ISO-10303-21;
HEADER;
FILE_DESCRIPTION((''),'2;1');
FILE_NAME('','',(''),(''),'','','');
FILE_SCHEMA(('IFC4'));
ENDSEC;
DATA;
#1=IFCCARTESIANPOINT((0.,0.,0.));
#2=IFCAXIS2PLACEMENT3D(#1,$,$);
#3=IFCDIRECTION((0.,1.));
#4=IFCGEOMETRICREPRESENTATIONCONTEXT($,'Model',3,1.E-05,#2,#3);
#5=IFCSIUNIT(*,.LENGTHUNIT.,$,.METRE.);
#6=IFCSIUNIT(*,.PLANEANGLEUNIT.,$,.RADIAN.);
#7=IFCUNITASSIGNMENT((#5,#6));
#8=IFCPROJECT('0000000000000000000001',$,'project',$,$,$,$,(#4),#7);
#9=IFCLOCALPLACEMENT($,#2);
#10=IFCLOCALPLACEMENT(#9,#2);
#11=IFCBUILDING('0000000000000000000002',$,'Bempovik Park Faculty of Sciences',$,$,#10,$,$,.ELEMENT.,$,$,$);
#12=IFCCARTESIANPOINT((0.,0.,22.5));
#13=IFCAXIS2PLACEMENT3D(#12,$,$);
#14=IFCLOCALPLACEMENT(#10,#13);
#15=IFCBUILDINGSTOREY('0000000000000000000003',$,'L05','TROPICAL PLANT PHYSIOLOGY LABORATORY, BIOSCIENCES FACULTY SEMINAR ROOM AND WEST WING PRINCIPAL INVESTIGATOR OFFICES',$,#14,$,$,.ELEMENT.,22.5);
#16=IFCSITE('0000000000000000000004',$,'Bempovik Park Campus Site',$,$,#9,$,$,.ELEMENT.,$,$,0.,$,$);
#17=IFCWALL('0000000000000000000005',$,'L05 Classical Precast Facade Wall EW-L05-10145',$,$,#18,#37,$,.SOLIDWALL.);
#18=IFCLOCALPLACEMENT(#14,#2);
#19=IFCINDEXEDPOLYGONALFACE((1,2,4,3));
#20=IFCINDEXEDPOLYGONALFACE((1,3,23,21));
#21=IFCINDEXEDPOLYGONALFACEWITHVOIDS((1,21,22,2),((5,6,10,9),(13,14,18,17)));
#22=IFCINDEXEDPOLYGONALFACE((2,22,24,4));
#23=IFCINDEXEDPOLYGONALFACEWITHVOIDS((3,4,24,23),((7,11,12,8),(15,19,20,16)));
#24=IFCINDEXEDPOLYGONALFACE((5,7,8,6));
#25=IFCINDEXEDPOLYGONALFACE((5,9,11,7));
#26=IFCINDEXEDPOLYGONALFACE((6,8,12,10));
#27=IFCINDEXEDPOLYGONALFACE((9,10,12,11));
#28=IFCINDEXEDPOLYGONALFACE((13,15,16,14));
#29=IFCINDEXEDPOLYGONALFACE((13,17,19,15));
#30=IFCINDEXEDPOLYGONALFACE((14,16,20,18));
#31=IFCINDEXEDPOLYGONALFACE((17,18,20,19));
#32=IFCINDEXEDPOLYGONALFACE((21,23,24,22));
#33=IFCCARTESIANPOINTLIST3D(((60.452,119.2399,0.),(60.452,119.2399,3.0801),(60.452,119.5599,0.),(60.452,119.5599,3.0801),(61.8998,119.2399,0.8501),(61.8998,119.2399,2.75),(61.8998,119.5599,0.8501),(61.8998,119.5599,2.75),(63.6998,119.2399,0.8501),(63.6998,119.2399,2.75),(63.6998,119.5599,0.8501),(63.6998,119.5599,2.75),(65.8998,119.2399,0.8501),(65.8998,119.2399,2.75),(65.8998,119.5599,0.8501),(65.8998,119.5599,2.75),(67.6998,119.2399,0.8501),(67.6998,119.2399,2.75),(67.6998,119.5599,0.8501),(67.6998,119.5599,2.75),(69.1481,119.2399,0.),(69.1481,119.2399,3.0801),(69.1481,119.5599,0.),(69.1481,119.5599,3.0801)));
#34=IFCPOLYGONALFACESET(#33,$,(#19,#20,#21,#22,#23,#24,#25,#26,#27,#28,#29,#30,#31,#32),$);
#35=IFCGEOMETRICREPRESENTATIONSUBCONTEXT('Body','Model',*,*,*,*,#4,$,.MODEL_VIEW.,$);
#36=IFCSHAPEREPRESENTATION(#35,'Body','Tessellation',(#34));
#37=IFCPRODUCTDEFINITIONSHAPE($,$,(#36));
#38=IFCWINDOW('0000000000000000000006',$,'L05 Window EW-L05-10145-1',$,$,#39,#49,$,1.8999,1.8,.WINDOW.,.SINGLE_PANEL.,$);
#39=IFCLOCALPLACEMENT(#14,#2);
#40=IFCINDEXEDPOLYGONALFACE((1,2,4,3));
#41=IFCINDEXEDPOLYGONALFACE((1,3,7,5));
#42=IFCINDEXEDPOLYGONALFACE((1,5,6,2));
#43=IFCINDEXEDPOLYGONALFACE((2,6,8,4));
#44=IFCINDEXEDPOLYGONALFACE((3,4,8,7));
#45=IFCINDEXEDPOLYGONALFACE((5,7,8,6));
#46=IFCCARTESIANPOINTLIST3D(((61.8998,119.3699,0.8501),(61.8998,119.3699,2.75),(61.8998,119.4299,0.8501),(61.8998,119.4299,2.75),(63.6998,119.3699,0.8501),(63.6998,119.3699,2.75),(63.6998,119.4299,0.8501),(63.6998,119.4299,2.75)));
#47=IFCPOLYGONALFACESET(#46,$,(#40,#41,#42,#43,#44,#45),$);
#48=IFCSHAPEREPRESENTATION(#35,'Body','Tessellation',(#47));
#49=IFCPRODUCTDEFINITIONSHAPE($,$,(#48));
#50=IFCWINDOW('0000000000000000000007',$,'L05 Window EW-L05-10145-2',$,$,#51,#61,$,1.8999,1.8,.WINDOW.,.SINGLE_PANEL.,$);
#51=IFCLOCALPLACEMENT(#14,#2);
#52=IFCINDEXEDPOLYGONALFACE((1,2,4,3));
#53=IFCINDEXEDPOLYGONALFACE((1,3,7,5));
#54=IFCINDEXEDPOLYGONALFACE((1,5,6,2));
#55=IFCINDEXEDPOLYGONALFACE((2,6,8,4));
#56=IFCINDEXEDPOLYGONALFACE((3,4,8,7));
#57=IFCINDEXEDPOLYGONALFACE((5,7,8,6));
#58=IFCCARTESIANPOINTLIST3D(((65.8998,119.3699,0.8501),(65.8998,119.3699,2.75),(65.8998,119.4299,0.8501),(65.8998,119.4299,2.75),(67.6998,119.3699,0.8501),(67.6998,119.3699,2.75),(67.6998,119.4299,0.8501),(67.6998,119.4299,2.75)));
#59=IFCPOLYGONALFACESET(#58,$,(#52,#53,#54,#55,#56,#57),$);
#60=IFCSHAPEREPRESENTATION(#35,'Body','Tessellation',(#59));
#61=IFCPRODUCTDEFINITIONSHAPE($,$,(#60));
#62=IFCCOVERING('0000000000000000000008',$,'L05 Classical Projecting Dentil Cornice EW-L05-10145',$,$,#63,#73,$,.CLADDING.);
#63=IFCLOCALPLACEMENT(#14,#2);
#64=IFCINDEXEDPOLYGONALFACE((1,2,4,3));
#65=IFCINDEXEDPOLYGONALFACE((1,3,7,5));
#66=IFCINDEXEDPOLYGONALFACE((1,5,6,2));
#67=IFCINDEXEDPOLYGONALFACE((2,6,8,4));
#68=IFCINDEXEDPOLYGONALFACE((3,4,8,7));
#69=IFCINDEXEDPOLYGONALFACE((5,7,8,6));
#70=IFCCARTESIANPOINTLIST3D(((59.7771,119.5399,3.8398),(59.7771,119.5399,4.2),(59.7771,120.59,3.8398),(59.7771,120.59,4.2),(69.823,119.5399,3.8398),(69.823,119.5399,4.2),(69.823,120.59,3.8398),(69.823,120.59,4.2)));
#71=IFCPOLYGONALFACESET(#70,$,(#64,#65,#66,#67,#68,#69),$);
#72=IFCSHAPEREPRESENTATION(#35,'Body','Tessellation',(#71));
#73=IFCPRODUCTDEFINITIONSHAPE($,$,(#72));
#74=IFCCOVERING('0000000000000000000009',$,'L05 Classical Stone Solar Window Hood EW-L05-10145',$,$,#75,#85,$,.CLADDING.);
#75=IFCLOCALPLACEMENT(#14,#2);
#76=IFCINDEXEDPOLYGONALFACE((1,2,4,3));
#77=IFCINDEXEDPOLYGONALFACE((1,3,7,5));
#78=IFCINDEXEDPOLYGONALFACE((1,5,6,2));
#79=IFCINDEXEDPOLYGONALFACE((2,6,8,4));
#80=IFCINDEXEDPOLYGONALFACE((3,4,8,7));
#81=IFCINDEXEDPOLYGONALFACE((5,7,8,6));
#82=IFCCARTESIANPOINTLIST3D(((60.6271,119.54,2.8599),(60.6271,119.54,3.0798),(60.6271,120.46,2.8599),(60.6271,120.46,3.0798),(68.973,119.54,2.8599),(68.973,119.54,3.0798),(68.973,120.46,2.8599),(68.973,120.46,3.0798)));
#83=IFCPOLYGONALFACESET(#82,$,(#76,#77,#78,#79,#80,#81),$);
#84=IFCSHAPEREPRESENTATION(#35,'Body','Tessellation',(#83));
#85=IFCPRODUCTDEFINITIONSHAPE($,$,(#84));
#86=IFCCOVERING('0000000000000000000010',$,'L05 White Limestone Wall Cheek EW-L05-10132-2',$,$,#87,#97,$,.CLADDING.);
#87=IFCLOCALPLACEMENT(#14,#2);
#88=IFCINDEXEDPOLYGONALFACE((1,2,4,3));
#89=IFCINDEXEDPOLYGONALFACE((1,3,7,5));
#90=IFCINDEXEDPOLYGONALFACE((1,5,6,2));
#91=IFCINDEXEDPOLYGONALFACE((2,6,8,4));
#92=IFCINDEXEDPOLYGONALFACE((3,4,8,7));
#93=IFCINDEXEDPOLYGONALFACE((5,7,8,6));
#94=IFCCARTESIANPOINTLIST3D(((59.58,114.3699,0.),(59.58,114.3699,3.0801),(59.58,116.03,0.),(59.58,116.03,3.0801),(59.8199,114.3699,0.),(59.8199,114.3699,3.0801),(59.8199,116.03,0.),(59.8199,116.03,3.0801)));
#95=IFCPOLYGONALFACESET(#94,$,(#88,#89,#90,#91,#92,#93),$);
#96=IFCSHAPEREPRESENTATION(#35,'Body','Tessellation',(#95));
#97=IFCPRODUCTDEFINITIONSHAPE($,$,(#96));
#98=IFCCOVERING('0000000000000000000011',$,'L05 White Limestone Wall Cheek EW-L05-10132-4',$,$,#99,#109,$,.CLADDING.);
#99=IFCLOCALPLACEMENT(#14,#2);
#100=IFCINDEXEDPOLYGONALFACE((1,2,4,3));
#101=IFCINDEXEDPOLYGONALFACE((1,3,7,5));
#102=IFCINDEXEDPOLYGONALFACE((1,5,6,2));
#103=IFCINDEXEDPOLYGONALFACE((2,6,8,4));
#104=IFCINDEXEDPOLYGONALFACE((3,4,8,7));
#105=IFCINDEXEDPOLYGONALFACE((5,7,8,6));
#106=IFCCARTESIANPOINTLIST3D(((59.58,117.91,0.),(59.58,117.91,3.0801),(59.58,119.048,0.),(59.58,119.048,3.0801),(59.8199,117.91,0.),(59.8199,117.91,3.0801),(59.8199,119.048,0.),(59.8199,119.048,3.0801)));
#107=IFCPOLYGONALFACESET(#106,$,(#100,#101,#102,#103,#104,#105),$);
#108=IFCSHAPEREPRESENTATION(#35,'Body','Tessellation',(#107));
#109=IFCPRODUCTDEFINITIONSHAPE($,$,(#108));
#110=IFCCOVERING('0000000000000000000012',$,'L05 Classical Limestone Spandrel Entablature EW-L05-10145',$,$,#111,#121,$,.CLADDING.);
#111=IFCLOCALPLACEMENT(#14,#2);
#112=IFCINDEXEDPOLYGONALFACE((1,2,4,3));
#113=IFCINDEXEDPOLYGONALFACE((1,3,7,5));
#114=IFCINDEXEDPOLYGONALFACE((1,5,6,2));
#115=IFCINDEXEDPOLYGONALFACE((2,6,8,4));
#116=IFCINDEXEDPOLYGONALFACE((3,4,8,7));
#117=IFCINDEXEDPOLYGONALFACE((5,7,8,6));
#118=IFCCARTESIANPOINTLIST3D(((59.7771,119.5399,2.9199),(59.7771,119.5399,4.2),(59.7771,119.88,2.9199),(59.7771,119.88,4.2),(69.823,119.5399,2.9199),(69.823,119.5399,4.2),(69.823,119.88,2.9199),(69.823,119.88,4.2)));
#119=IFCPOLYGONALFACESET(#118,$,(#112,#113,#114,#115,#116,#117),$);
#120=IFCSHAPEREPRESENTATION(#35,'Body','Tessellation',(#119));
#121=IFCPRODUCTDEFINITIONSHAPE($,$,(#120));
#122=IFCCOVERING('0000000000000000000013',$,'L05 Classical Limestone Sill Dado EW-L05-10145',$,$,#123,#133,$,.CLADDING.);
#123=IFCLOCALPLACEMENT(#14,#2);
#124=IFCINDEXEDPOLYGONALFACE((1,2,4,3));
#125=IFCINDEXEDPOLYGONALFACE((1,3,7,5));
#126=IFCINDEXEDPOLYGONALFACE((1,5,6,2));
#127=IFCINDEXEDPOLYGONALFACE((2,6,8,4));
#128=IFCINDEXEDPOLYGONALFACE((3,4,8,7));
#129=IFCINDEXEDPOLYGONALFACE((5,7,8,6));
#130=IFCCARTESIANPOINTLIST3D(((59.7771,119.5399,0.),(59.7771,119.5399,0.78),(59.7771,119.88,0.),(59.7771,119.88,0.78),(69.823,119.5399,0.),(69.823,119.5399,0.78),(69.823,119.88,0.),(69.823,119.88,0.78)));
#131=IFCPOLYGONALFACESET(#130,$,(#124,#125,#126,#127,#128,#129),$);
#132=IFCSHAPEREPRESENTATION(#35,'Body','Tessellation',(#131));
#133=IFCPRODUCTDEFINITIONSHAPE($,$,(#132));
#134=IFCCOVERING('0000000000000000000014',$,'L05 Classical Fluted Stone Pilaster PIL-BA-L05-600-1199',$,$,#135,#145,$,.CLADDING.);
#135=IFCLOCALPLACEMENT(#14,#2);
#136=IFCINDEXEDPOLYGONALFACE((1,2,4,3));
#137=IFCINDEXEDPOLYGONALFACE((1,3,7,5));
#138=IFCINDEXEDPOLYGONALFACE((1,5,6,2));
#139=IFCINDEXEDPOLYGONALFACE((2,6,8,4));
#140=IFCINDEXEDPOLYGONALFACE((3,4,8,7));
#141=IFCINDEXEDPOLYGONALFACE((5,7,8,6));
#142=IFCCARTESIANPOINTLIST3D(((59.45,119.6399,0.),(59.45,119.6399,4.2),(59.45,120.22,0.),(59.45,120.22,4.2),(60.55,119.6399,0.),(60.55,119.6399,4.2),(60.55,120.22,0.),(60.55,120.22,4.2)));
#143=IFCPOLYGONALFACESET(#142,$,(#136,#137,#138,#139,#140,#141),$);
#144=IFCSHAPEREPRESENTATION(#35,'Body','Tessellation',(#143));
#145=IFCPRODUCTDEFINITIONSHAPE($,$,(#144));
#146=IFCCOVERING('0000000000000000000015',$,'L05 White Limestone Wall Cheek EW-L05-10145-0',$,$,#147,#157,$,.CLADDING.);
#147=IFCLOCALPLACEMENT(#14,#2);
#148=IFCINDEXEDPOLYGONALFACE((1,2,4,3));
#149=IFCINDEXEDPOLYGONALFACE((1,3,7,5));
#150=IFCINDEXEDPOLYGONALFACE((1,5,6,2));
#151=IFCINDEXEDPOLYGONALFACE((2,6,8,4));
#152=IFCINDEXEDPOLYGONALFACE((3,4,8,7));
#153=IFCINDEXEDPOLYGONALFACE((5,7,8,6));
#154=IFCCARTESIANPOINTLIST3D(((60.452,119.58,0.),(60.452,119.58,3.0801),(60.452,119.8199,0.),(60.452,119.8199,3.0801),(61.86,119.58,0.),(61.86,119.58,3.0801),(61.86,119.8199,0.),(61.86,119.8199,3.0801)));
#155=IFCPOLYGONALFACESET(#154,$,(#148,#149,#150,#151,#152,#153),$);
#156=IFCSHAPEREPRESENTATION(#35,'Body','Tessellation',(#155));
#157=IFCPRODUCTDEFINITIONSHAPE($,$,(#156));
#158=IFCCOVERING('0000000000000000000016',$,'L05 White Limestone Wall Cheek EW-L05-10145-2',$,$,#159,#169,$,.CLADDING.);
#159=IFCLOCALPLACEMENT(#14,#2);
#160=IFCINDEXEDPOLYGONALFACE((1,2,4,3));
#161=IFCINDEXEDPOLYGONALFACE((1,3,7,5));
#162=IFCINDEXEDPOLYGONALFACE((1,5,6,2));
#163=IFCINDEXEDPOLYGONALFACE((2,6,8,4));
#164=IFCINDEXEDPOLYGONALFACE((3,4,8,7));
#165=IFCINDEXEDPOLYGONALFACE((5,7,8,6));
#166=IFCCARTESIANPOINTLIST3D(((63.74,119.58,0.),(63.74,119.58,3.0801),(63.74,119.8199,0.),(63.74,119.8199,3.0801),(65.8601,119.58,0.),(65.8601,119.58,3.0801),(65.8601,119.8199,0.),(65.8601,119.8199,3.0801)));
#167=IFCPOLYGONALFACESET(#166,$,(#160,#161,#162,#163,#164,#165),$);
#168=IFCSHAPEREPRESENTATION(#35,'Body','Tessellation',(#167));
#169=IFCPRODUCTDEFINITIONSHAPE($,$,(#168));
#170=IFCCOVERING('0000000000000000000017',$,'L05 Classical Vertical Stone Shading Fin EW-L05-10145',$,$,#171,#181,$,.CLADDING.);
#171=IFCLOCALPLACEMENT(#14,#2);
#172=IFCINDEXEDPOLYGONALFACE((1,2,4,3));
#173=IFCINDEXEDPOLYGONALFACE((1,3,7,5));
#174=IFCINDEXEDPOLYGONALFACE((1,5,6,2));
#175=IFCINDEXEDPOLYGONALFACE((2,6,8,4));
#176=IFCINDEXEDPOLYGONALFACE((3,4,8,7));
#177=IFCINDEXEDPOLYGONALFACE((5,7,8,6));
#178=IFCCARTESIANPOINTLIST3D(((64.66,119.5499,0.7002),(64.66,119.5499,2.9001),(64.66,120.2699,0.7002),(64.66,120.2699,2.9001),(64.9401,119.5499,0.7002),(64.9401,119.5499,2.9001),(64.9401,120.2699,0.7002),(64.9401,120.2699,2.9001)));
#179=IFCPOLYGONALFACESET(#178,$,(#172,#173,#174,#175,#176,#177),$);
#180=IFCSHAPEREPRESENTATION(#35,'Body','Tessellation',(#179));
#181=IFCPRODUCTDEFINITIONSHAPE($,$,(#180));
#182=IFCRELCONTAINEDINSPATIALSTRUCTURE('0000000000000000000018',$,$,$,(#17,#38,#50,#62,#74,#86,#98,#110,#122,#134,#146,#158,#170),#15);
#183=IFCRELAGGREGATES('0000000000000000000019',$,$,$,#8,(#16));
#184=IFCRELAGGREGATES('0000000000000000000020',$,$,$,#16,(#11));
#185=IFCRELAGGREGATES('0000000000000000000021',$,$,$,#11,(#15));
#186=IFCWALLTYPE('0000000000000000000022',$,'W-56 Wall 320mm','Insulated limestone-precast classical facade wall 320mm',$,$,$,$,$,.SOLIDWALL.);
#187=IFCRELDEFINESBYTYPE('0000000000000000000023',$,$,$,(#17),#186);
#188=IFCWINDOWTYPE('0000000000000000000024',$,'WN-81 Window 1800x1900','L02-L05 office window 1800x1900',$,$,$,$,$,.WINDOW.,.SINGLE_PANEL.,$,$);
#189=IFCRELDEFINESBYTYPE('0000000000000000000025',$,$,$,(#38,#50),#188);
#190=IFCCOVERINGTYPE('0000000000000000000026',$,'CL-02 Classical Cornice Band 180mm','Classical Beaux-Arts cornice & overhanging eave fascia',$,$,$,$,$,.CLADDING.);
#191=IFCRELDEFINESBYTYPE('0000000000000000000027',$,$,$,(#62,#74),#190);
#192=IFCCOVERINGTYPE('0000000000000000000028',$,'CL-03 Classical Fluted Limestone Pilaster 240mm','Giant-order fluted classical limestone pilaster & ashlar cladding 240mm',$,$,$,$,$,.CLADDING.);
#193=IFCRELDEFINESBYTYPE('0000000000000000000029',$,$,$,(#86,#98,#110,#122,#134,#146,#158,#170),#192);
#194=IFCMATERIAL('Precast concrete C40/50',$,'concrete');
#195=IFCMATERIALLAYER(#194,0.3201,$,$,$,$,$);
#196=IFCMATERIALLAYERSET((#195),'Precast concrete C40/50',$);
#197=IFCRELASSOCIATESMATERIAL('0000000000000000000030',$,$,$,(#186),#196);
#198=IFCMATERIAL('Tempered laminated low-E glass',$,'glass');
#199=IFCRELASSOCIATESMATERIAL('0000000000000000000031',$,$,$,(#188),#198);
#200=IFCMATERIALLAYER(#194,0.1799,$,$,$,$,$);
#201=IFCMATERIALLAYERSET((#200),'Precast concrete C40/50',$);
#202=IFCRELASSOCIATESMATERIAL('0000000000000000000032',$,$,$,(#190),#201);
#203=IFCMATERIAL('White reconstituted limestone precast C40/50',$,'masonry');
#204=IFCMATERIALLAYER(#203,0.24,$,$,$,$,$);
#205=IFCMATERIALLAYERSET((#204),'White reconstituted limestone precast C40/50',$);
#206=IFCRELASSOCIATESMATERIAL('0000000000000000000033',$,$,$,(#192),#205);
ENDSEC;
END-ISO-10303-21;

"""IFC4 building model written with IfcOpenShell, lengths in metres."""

from ifc_helpers import new_model, si_unit, direction, frame, frame_2d, origin, origin_2d, place, context, subcontext, project, spatial, rectangle, extrude, material, layer, layer_set, type_object, element, fill, save


model = new_model("IFC4")

# Units and contexts
model_context = context("Model", 3, precision=1e-05, world=origin(), true_north=direction((0.0, 1.0)))
body_context = subcontext(model_context, "Body", "Model", "MODEL_VIEW")
ifc_project = project(units=[si_unit("LENGTHUNIT", "METRE"), si_unit("PLANEANGLEUNIT", "RADIAN")], contexts=[model_context])

# Site, building, storey
site_placement = place(None, origin())
site = spatial("IfcSite", under=ifc_project, at=site_placement, Name="Bempovik Park Campus Site", CompositionType="ELEMENT", RefElevation=0.0)
building_placement = place(site_placement, origin())
building = spatial("IfcBuilding", under=site, at=building_placement, Name="Bempovik Park Faculty of Sciences", CompositionType="ELEMENT")
storey_placement = place(building_placement, frame((0.0, 0.0, 22.5)))
storey = spatial("IfcBuildingStorey", under=building, at=storey_placement, Name="L05", Description="TROPICAL PLANT PHYSIOLOGY LABORATORY, BIOSCIENCES FACULTY SEMINAR ROOM AND WEST WING PRINCIPAL INVESTIGATOR OFFICES", CompositionType="ELEMENT", Elevation=22.5)

# Wall, openings, windows
ifc_material_1 = material(Name="Precast concrete C40/50", Category="concrete")
ifc_layer_1 = layer(ifc_material_1, 0.3201)
ifc_layer_set_1 = layer_set([ifc_layer_1], Name="Precast concrete C40/50")
wall_type_1 = type_object("IfcWallType", Name="W-56 Wall 320mm", Description="Insulated limestone-precast classical facade wall 320mm", PredefinedType="SOLIDWALL", material=ifc_layer_set_1)
wall_1_placement = place(storey_placement, frame((60.4519, 119.3999, 0.0), z_axis=(0.0, 0.0, 1.0), x_axis=(1.0, 0.0, 0.0)))
wall_1 = element("IfcWall", 1, at=wall_1_placement, inside=storey, type_object=wall_type_1, Name="L05 Classical Precast Facade Wall EW-L05-10145", PredefinedType="SOLIDWALL", context=body_context, shape_type="SweptSolid", body=[
    extrude(rectangle(XDim=8.696, YDim=0.3201, at=frame_2d((4.3481, 0.0))), origin(), (0.0, 0.0, 1.0), 3.0801),
])
opening_1_placement = place(wall_1_placement, frame((1.448, 0.0, 0.8501)))
opening_1 = element("IfcOpeningElement", 2, at=opening_1_placement, cuts=wall_1, PredefinedType="OPENING", context=body_context, shape_type="SweptSolid", body=[
    extrude(rectangle(XDim=1.8, YDim=1.8999, at=frame_2d((0.8999, 0.95))), frame((0.0, 0.1699, 0.0), z_axis=(0.0, -1.0, 0.0), x_axis=(1.0, 0.0, 0.0)), (0.0, 0.0, 1.0), 0.3401),
])
opening_2_placement = place(wall_1_placement, frame((5.448, 0.0, 0.8501)))
opening_2 = element("IfcOpeningElement", 3, at=opening_2_placement, cuts=wall_1, PredefinedType="OPENING", context=body_context, shape_type="SweptSolid", body=[
    extrude(rectangle(XDim=1.8, YDim=1.8999, at=frame_2d((0.8999, 0.95))), frame((0.0, 0.1699, 0.0), z_axis=(0.0, -1.0, 0.0), x_axis=(1.0, 0.0, 0.0)), (0.0, 0.0, 1.0), 0.3401),
])
ifc_material_2 = material(Name="Tempered laminated low-E glass", Category="glass")
window_type = type_object("IfcWindowType", Name="WN-81 Window 1800x1900", Description="L02-L05 office window 1800x1900", PartitioningType="SINGLE_PANEL", PredefinedType="WINDOW", material=ifc_material_2)
window_1_placement = place(opening_1_placement, origin())
window_1 = element("IfcWindow", 4, at=window_1_placement, inside=storey, type_object=window_type, Name="L05 Window EW-L05-10145-1", OverallHeight=1.8999, OverallWidth=1.8, PartitioningType="SINGLE_PANEL", PredefinedType="WINDOW", context=body_context, shape_type="SweptSolid", body=[
    extrude(rectangle(XDim=1.8, YDim=1.8999, at=frame_2d((0.8999, 0.95))), frame((0.0, 0.03, 0.0), z_axis=(0.0, -1.0, 0.0), x_axis=(1.0, 0.0, 0.0)), (0.0, 0.0, 1.0), 0.0601),
])
fill(opening_1, window_1)
window_2_placement = place(opening_2_placement, origin())
window_2 = element("IfcWindow", 5, at=window_2_placement, inside=storey, type_object=window_type, Name="L05 Window EW-L05-10145-2", OverallHeight=1.8999, OverallWidth=1.8, PartitioningType="SINGLE_PANEL", PredefinedType="WINDOW", context=body_context, shape_type="SweptSolid", body=[
    extrude(rectangle(XDim=1.8, YDim=1.8999, at=frame_2d((0.8999, 0.95))), frame((0.0, 0.03, 0.0), z_axis=(0.0, -1.0, 0.0), x_axis=(1.0, 0.0, 0.0)), (0.0, 0.0, 1.0), 0.0601),
])
fill(opening_2, window_2)

# Coverings
ifc_layer_2 = layer(ifc_material_1, 0.1799)
ifc_layer_set_2 = layer_set([ifc_layer_2], Name="Precast concrete C40/50")
covering_type_1 = type_object("IfcCoveringType", Name="CL-02 Classical Cornice Band 180mm", Description="Classical Beaux-Arts cornice & overhanging eave fascia", PredefinedType="CLADDING", material=ifc_layer_set_2)
covering_1_placement = place(storey_placement, frame((64.8, 120.0649, 3.8398), z_axis=(0.0, 0.0, 1.0), x_axis=(1.0, 0.0, 0.0)))
element("IfcCovering", 6, at=covering_1_placement, inside=storey, type_object=covering_type_1, Name="L05 Classical Projecting Dentil Cornice EW-L05-10145", PredefinedType="CLADDING", context=body_context, shape_type="SweptSolid", body=[
    extrude(rectangle(XDim=10.0459, YDim=1.05, at=origin_2d()), origin(), (0.0, 0.0, 1.0), 0.3601),
])
covering_2_placement = place(storey_placement, frame((64.8, 120.0, 2.8599), z_axis=(0.0, 0.0, 1.0), x_axis=(1.0, 0.0, 0.0)))
element("IfcCovering", 7, at=covering_2_placement, inside=storey, type_object=covering_type_1, Name="L05 Classical Stone Solar Window Hood EW-L05-10145", PredefinedType="CLADDING", context=body_context, shape_type="SweptSolid", body=[
    extrude(rectangle(XDim=8.3459, YDim=0.9199, at=origin_2d()), origin(), (0.0, 0.0, 1.0), 0.22),
])
ifc_material_3 = material(Name="White reconstituted limestone precast C40/50", Category="masonry")
ifc_layer_3 = layer(ifc_material_3, 0.24)
ifc_layer_set_3 = layer_set([ifc_layer_3], Name="White reconstituted limestone precast C40/50")
covering_type_2 = type_object("IfcCoveringType", Name="CL-03 Classical Fluted Limestone Pilaster 240mm", Description="Giant-order fluted classical limestone pilaster & ashlar cladding 240mm", PredefinedType="CLADDING", material=ifc_layer_set_3)
covering_3_placement = place(storey_placement, frame((59.7, 115.2, 0.0), z_axis=(0.0, 0.0, 1.0), x_axis=(1.0, 0.0, 0.0)))
element("IfcCovering", 8, at=covering_3_placement, inside=storey, type_object=covering_type_2, Name="L05 White Limestone Wall Cheek EW-L05-10132-2", PredefinedType="CLADDING", context=body_context, shape_type="SweptSolid", body=[
    extrude(rectangle(XDim=0.24, YDim=1.6602, at=origin_2d()), origin(), (0.0, 0.0, 1.0), 3.0801),
])
covering_4_placement = place(storey_placement, frame((59.7, 118.479, 0.0), z_axis=(0.0, 0.0, 1.0), x_axis=(1.0, 0.0, 0.0)))
element("IfcCovering", 9, at=covering_4_placement, inside=storey, type_object=covering_type_2, Name="L05 White Limestone Wall Cheek EW-L05-10132-4", PredefinedType="CLADDING", context=body_context, shape_type="SweptSolid", body=[
    extrude(rectangle(XDim=0.24, YDim=1.1379, at=origin_2d()), origin(), (0.0, 0.0, 1.0), 3.0801),
])
covering_5_placement = place(storey_placement, frame((64.8, 119.71, 2.9199), z_axis=(0.0, 0.0, 1.0), x_axis=(1.0, 0.0, 0.0)))
element("IfcCovering", 10, at=covering_5_placement, inside=storey, type_object=covering_type_2, Name="L05 Classical Limestone Spandrel Entablature EW-L05-10145", PredefinedType="CLADDING", context=body_context, shape_type="SweptSolid", body=[
    extrude(rectangle(XDim=10.0459, YDim=0.3401, at=origin_2d()), origin(), (0.0, 0.0, 1.0), 1.28),
])
covering_6_placement = place(storey_placement, frame((64.8, 119.71, 0.0), z_axis=(0.0, 0.0, 1.0), x_axis=(1.0, 0.0, 0.0)))
element("IfcCovering", 11, at=covering_6_placement, inside=storey, type_object=covering_type_2, Name="L05 Classical Limestone Sill Dado EW-L05-10145", PredefinedType="CLADDING", context=body_context, shape_type="SweptSolid", body=[
    extrude(rectangle(XDim=10.0459, YDim=0.3401, at=origin_2d()), origin(), (0.0, 0.0, 1.0), 0.78),
])
covering_7_placement = place(storey_placement, frame((60.0, 119.9299, 0.0), z_axis=(0.0, 0.0, 1.0), x_axis=(1.0, 0.0, 0.0)))
element("IfcCovering", 12, at=covering_7_placement, inside=storey, type_object=covering_type_2, Name="L05 Classical Fluted Stone Pilaster PIL-BA-L05-600-1199", PredefinedType="CLADDING", context=body_context, shape_type="SweptSolid", body=[
    extrude(rectangle(XDim=1.1001, YDim=0.5801, at=origin_2d()), origin(), (0.0, 0.0, 1.0), 4.2),
])
covering_8_placement = place(storey_placement, frame((61.156, 119.7, 0.0), z_axis=(0.0, 0.0, 1.0), x_axis=(1.0, 0.0, 0.0)))
element("IfcCovering", 13, at=covering_8_placement, inside=storey, type_object=covering_type_2, Name="L05 White Limestone Wall Cheek EW-L05-10145-0", PredefinedType="CLADDING", context=body_context, shape_type="SweptSolid", body=[
    extrude(rectangle(XDim=1.408, YDim=0.24, at=origin_2d()), origin(), (0.0, 0.0, 1.0), 3.0801),
])
covering_9_placement = place(storey_placement, frame((64.8, 119.7, 0.0), z_axis=(0.0, 0.0, 1.0), x_axis=(1.0, 0.0, 0.0)))
element("IfcCovering", 14, at=covering_9_placement, inside=storey, type_object=covering_type_2, Name="L05 White Limestone Wall Cheek EW-L05-10145-2", PredefinedType="CLADDING", context=body_context, shape_type="SweptSolid", body=[
    extrude(rectangle(XDim=2.1201, YDim=0.24, at=origin_2d()), origin(), (0.0, 0.0, 1.0), 3.0801),
])
covering_10_placement = place(storey_placement, frame((64.8, 119.9099, 0.7002), z_axis=(0.0, 0.0, 1.0), x_axis=(1.0, 0.0, 0.0)))
element("IfcCovering", 15, at=covering_10_placement, inside=storey, type_object=covering_type_2, Name="L05 Classical Vertical Stone Shading Fin EW-L05-10145", PredefinedType="CLADDING", context=body_context, shape_type="SweptSolid", body=[
    extrude(rectangle(XDim=0.28, YDim=0.72, at=origin_2d()), origin(), (0.0, 0.0, 1.0), 2.2),
])

save(model, "model.ifc")
